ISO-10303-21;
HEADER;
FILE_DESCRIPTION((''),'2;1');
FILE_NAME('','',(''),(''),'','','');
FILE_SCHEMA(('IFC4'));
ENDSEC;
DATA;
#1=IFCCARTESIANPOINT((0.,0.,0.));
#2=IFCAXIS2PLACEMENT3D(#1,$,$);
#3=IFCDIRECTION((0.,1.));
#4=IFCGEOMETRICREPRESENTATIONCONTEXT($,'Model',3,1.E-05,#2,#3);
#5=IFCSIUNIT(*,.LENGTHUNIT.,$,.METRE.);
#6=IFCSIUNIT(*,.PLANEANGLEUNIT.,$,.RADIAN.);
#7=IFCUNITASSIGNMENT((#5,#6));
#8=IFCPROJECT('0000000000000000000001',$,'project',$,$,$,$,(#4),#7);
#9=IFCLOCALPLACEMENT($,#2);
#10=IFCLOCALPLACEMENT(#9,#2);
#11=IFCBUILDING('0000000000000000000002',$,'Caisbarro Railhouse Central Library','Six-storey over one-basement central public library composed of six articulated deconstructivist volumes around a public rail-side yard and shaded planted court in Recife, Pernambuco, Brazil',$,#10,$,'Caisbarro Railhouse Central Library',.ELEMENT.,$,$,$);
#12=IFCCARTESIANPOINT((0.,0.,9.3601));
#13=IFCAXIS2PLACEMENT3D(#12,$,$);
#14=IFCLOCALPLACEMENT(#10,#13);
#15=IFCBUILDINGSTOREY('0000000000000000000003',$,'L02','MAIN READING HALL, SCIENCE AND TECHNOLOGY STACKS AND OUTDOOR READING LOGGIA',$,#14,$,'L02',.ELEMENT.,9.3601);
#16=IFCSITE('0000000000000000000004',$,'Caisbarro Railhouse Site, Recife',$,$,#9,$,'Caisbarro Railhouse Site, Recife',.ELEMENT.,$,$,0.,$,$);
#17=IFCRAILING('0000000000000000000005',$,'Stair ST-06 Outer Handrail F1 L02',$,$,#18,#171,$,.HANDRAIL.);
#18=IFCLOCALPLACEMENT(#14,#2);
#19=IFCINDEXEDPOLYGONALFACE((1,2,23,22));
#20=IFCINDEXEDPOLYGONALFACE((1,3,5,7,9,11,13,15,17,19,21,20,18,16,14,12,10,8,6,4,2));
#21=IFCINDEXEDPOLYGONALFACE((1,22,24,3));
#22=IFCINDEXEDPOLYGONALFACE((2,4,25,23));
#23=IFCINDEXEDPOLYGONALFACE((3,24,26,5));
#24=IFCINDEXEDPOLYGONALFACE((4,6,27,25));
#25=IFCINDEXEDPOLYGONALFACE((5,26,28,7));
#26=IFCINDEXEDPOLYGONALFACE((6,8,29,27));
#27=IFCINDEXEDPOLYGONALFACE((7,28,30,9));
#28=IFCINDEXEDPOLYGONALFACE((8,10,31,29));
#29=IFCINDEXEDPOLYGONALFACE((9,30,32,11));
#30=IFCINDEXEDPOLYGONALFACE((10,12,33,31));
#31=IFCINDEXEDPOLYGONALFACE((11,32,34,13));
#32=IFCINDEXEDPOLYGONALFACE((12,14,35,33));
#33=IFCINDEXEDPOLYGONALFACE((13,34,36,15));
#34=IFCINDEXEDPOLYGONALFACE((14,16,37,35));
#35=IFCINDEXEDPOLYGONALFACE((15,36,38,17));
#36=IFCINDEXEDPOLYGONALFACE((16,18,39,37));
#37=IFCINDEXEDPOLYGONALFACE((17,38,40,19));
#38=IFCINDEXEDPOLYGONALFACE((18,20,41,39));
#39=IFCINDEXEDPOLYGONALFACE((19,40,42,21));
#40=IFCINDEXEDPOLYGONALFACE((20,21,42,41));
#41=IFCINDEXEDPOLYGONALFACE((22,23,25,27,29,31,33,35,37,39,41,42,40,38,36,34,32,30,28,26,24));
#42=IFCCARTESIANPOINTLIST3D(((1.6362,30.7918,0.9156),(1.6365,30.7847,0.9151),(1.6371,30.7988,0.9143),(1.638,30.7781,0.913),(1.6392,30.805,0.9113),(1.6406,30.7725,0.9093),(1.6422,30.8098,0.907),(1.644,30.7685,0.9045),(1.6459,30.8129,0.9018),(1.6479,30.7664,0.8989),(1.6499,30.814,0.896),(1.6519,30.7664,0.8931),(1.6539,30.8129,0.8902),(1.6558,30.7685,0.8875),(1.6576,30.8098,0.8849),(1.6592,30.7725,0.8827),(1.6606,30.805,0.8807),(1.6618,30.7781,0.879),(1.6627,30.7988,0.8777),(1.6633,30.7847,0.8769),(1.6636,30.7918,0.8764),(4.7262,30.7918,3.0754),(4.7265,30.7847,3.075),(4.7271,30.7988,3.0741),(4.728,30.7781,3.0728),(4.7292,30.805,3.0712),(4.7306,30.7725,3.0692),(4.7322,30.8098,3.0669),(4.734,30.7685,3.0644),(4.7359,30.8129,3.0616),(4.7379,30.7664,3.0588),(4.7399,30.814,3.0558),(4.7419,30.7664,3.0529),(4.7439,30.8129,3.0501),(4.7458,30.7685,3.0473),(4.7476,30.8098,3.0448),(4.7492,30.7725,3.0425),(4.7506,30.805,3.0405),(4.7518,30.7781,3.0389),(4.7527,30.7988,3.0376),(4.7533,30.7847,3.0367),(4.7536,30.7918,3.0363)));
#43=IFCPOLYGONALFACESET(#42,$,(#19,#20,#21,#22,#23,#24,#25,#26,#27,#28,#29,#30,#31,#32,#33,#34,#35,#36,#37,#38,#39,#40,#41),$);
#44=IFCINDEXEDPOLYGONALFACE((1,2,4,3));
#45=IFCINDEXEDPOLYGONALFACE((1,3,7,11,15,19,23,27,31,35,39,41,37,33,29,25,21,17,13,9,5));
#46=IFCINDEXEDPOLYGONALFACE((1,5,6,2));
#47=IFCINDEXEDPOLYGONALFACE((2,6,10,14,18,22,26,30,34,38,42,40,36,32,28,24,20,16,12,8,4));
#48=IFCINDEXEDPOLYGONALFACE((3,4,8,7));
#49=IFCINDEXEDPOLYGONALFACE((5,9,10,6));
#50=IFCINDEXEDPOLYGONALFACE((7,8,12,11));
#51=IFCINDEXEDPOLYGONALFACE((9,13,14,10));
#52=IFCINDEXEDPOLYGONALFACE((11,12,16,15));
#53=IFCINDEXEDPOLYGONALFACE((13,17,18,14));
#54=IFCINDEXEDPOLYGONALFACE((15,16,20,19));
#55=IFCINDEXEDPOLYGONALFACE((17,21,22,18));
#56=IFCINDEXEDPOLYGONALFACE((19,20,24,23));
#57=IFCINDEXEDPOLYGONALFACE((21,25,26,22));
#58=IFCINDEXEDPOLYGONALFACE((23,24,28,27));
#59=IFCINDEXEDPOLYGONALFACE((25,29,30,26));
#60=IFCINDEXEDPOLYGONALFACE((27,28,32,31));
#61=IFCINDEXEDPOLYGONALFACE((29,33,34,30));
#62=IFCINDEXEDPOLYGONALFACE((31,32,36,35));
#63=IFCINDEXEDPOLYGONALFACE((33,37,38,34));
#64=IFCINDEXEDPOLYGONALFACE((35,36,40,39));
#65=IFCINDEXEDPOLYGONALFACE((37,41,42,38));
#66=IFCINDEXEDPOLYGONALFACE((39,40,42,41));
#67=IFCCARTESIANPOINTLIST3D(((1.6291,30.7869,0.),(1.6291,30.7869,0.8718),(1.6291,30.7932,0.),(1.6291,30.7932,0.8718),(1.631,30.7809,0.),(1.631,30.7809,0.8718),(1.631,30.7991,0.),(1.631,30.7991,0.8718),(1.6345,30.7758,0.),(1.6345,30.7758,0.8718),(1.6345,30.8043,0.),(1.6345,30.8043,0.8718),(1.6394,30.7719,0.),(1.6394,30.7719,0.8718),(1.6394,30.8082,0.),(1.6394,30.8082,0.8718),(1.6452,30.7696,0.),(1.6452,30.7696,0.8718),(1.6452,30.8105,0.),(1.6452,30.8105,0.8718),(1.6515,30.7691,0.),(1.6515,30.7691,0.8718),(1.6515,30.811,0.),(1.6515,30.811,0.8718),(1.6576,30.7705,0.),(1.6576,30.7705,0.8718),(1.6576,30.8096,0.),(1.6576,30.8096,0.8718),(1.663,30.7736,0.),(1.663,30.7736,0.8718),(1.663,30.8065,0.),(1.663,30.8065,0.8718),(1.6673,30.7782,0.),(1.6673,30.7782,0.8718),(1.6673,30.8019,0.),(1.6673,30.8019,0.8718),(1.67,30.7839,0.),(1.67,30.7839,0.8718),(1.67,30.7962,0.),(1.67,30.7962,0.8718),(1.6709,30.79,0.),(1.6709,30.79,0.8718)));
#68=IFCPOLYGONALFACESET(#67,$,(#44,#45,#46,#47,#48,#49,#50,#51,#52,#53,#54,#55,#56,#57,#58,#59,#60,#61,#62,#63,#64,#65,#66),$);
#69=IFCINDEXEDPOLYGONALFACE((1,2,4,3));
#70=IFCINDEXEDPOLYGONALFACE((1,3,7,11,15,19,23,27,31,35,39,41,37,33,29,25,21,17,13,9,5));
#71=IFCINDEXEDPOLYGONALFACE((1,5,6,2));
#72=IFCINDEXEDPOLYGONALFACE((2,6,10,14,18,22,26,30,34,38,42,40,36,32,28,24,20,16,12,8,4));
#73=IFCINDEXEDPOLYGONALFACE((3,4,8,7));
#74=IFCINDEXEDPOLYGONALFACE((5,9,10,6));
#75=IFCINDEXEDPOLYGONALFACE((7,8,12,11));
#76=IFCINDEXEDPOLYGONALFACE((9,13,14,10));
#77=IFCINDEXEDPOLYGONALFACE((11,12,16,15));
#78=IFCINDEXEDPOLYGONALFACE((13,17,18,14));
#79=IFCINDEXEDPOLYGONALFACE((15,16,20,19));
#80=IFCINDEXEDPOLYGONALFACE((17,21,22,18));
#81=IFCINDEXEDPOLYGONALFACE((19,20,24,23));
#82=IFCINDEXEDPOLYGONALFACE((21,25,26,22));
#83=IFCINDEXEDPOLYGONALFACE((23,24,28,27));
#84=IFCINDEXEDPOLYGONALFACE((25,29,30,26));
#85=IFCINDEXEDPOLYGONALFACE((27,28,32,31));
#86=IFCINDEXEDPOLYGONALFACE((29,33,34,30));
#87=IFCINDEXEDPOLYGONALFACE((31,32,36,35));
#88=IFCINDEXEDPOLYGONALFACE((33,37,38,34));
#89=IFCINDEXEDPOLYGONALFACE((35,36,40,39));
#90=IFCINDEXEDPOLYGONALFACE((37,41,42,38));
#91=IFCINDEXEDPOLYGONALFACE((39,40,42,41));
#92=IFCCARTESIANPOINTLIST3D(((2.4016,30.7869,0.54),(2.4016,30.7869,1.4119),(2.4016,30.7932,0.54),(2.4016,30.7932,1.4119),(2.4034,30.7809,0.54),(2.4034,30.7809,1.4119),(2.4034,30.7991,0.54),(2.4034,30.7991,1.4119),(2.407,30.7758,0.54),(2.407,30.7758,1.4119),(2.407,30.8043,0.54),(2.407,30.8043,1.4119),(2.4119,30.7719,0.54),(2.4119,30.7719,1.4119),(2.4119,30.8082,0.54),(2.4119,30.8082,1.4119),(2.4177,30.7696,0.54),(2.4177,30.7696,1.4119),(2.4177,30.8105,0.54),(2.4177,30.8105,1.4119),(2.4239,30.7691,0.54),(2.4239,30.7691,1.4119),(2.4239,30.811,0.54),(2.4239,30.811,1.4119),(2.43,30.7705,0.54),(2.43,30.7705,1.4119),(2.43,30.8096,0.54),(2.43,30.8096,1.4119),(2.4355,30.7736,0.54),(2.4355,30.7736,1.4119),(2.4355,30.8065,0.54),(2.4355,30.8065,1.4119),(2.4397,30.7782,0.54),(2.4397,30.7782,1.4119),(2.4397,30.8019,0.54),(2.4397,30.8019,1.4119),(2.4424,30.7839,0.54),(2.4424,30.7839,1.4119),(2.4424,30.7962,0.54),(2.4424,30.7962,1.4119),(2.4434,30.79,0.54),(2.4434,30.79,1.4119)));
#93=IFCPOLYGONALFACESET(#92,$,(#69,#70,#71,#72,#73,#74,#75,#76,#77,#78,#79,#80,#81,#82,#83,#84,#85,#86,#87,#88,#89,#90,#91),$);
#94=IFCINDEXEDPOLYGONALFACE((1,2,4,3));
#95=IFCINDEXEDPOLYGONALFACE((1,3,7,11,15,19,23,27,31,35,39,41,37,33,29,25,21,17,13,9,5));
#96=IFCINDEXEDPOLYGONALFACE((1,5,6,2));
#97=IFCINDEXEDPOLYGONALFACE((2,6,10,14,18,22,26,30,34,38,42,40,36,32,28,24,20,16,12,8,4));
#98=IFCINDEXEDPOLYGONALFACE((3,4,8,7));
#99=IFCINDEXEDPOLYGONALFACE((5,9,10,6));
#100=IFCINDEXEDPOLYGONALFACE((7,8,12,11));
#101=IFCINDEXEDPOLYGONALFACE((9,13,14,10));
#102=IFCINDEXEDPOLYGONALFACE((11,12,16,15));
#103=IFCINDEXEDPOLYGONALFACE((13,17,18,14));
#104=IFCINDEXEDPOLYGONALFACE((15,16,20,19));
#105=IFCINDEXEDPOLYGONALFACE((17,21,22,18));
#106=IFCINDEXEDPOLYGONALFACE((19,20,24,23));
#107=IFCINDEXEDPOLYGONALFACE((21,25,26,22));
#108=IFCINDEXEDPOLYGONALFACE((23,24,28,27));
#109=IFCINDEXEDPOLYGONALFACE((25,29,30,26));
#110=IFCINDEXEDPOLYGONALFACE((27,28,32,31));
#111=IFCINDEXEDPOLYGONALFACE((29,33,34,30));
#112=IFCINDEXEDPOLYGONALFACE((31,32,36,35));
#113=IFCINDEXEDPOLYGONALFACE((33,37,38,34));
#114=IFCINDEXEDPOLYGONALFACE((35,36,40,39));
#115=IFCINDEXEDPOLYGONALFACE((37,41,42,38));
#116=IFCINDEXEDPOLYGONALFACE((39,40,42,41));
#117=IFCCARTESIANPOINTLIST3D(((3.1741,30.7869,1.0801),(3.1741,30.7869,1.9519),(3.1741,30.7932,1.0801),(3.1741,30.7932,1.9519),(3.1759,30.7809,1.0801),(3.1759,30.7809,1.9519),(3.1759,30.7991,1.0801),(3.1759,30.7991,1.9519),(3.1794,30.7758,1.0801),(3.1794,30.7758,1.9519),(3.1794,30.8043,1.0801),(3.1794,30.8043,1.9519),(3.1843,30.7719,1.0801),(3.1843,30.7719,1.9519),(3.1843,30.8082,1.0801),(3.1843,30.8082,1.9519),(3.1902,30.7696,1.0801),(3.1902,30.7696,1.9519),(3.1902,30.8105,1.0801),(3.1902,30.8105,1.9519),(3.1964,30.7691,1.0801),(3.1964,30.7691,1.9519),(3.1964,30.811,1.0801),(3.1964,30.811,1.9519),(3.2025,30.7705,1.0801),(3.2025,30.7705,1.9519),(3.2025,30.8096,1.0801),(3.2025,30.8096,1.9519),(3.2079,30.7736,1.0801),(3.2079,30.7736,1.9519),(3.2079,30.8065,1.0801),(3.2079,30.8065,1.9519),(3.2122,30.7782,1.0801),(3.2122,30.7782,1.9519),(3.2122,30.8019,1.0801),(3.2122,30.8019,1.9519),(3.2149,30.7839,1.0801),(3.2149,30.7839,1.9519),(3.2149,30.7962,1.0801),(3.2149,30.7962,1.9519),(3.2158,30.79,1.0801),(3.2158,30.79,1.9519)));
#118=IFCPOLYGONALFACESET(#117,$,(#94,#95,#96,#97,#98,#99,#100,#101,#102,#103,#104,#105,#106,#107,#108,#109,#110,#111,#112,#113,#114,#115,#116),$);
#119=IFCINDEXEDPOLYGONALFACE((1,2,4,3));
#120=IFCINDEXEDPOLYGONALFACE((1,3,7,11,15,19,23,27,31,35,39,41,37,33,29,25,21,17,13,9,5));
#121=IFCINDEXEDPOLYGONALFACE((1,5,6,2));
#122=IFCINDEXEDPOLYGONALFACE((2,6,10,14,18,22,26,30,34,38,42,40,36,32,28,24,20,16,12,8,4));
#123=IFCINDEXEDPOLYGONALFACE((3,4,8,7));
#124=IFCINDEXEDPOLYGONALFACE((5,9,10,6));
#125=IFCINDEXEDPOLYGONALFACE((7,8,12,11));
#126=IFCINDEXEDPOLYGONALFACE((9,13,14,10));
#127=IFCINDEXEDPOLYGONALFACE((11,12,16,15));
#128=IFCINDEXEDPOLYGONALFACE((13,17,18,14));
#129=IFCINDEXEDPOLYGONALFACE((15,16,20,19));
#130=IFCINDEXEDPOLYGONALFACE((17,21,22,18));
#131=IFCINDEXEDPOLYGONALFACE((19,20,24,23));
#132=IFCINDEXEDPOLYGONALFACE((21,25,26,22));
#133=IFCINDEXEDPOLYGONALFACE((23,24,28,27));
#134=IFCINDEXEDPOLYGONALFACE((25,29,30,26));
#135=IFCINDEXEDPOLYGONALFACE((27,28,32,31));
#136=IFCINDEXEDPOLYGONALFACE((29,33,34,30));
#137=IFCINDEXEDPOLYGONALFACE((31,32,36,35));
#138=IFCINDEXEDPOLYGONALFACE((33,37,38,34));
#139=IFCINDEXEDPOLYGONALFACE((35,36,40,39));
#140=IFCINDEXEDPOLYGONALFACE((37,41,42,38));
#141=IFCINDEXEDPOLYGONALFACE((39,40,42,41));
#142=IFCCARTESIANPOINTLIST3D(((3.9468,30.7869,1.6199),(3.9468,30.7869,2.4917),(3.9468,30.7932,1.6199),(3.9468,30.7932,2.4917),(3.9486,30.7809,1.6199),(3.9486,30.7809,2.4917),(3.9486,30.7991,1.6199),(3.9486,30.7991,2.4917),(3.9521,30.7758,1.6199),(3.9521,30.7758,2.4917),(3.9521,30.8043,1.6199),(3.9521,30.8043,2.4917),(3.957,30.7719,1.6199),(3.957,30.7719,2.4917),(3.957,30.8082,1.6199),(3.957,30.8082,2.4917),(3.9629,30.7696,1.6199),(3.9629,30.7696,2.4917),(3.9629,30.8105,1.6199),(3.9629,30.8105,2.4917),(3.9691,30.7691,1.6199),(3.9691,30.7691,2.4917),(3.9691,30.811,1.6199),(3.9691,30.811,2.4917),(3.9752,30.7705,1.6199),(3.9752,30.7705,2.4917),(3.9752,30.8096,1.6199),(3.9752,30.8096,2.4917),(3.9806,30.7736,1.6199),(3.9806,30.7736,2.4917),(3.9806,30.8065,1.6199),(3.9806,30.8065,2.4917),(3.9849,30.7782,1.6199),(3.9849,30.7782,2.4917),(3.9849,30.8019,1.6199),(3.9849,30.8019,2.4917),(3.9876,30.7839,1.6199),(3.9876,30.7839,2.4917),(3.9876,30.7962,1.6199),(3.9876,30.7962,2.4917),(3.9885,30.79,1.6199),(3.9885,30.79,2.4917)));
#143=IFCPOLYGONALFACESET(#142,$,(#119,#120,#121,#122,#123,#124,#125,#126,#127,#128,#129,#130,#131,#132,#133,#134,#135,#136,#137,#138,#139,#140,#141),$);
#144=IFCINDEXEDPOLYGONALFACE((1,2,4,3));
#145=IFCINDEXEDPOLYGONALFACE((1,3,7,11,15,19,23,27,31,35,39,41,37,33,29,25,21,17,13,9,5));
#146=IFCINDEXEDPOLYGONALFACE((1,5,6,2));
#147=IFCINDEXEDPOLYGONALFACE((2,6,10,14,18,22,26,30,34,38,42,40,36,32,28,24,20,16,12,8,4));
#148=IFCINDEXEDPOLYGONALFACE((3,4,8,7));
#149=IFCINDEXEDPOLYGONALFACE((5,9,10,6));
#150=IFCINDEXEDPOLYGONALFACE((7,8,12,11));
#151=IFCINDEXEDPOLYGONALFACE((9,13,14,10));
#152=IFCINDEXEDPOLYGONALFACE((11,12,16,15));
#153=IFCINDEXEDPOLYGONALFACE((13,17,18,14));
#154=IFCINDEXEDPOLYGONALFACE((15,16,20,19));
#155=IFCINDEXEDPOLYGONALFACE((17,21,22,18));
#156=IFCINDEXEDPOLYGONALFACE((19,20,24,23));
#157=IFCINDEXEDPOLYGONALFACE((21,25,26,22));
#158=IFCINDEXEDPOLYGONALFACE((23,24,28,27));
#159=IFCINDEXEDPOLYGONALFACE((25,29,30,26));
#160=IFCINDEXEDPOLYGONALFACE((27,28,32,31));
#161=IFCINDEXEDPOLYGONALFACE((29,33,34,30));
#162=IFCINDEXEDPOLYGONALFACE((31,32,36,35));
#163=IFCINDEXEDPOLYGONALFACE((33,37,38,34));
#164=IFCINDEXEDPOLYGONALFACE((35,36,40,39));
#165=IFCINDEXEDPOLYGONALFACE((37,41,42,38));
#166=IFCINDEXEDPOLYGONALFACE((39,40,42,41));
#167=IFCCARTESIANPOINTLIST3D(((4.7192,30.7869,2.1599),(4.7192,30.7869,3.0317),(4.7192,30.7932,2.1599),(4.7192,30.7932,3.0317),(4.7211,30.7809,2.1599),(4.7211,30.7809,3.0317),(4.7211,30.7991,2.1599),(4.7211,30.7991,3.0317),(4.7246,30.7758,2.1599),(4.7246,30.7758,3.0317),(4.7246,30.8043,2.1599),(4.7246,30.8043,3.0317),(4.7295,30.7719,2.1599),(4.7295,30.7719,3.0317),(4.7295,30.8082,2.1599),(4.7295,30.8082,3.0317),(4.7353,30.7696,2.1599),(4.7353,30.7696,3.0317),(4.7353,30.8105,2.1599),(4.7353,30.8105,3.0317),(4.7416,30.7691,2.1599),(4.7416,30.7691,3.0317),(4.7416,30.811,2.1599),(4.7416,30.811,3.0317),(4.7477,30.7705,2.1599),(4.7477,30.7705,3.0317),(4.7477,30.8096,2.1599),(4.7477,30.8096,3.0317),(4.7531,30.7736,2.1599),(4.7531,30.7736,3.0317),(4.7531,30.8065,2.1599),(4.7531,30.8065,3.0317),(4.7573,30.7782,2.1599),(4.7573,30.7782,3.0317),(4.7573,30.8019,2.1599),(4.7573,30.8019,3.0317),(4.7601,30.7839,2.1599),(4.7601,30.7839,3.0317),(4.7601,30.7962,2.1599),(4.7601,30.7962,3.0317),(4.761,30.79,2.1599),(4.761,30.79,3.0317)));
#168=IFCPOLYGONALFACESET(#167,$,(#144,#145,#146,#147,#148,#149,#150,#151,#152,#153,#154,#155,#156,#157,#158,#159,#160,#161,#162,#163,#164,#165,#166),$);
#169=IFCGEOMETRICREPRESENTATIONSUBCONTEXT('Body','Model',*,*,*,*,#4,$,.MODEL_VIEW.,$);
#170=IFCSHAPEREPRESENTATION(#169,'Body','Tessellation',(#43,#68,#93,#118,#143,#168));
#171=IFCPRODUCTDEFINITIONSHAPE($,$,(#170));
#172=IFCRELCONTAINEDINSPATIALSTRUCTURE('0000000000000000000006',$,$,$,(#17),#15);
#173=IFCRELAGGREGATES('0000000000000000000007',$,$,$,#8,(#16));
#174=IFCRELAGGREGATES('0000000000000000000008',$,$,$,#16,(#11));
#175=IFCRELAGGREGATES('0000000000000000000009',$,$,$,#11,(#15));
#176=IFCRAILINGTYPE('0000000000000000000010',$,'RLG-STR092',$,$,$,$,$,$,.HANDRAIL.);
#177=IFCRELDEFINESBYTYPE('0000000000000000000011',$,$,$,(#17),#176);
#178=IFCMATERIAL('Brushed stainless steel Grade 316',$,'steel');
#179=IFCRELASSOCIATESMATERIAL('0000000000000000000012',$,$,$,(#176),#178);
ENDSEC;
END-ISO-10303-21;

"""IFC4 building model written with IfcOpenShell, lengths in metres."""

from ifc_helpers import new_model, si_unit, direction, frame, origin, origin_2d, place, context, subcontext, project, spatial, circle, extrude, material, type_object, element, save


model = new_model("IFC4")

# Units and contexts
model_context = context("Model", 3, precision=1e-05, world=origin(), true_north=direction((0.0, 1.0)))
body_context = subcontext(model_context, "Body", "Model", "MODEL_VIEW")
ifc_project = project(units=[si_unit("LENGTHUNIT", "METRE"), si_unit("PLANEANGLEUNIT", "RADIAN")], contexts=[model_context])

# Site, building, storey
site_placement = place(None, origin())
site = spatial("IfcSite", under=ifc_project, at=site_placement, Name="Caisbarro Railhouse Site, Recife", LongName="Caisbarro Railhouse Site, Recife", CompositionType="ELEMENT", RefElevation=0.0)
building_placement = place(site_placement, origin())
building = spatial("IfcBuilding", under=site, at=building_placement, Name="Caisbarro Railhouse Central Library", Description="Six-storey over one-basement central public library composed of six articulated deconstructivist volumes around a public rail-side yard and shaded planted court in Recife, Pernambuco, Brazil", LongName="Caisbarro Railhouse Central Library", CompositionType="ELEMENT")
storey_placement = place(building_placement, frame((0.0, 0.0, 9.3601)))
storey = spatial("IfcBuildingStorey", under=building, at=storey_placement, Name="L02", Description="MAIN READING HALL, SCIENCE AND TECHNOLOGY STACKS AND OUTDOOR READING LOGGIA", LongName="L02", CompositionType="ELEMENT", Elevation=9.3601)

# Railing
ifc_material_1 = material(Name="Brushed stainless steel Grade 316", Category="steel")
railing_type_1 = type_object("IfcRailingType", Name="RLG-STR092", PredefinedType="HANDRAIL", material=ifc_material_1)
railing_1_placement = place(storey_placement, frame((1.6499, 30.79, 0.0)))
element("IfcRailing", 1, at=railing_1_placement, inside=storey, type_object=railing_type_1, Name="Stair ST-06 Outer Handrail F1 L02", PredefinedType="HANDRAIL", context=body_context, shape_type="SweptSolid", body=[
    extrude(circle(Radius=0.0239, at=origin_2d()), frame((0.0, 0.0, 0.896), z_axis=(0.819624, 0.0, 0.572902), x_axis=(0.0, 1.0, 0.0)), (0.0, 0.0, 1.0), 3.77),
    extrude(circle(Radius=0.021, at=origin_2d()), origin(), (0.0, 0.0, 1.0), 0.8718),
    extrude(circle(Radius=0.021, at=origin_2d()), frame((0.7725, 0.0, 0.54)), (0.0, 0.0, 1.0), 0.8718),
    extrude(circle(Radius=0.021, at=origin_2d()), frame((1.5449, 0.0, 1.0801)), (0.0, 0.0, 1.0), 0.8718),
    extrude(circle(Radius=0.021, at=origin_2d()), frame((2.3176, 0.0, 1.6199)), (0.0, 0.0, 1.0), 0.8718),
    extrude(circle(Radius=0.021, at=origin_2d()), frame((3.0901, 0.0, 2.1599)), (0.0, 0.0, 1.0), 0.8718),
])

save(model, "model.ifc")
